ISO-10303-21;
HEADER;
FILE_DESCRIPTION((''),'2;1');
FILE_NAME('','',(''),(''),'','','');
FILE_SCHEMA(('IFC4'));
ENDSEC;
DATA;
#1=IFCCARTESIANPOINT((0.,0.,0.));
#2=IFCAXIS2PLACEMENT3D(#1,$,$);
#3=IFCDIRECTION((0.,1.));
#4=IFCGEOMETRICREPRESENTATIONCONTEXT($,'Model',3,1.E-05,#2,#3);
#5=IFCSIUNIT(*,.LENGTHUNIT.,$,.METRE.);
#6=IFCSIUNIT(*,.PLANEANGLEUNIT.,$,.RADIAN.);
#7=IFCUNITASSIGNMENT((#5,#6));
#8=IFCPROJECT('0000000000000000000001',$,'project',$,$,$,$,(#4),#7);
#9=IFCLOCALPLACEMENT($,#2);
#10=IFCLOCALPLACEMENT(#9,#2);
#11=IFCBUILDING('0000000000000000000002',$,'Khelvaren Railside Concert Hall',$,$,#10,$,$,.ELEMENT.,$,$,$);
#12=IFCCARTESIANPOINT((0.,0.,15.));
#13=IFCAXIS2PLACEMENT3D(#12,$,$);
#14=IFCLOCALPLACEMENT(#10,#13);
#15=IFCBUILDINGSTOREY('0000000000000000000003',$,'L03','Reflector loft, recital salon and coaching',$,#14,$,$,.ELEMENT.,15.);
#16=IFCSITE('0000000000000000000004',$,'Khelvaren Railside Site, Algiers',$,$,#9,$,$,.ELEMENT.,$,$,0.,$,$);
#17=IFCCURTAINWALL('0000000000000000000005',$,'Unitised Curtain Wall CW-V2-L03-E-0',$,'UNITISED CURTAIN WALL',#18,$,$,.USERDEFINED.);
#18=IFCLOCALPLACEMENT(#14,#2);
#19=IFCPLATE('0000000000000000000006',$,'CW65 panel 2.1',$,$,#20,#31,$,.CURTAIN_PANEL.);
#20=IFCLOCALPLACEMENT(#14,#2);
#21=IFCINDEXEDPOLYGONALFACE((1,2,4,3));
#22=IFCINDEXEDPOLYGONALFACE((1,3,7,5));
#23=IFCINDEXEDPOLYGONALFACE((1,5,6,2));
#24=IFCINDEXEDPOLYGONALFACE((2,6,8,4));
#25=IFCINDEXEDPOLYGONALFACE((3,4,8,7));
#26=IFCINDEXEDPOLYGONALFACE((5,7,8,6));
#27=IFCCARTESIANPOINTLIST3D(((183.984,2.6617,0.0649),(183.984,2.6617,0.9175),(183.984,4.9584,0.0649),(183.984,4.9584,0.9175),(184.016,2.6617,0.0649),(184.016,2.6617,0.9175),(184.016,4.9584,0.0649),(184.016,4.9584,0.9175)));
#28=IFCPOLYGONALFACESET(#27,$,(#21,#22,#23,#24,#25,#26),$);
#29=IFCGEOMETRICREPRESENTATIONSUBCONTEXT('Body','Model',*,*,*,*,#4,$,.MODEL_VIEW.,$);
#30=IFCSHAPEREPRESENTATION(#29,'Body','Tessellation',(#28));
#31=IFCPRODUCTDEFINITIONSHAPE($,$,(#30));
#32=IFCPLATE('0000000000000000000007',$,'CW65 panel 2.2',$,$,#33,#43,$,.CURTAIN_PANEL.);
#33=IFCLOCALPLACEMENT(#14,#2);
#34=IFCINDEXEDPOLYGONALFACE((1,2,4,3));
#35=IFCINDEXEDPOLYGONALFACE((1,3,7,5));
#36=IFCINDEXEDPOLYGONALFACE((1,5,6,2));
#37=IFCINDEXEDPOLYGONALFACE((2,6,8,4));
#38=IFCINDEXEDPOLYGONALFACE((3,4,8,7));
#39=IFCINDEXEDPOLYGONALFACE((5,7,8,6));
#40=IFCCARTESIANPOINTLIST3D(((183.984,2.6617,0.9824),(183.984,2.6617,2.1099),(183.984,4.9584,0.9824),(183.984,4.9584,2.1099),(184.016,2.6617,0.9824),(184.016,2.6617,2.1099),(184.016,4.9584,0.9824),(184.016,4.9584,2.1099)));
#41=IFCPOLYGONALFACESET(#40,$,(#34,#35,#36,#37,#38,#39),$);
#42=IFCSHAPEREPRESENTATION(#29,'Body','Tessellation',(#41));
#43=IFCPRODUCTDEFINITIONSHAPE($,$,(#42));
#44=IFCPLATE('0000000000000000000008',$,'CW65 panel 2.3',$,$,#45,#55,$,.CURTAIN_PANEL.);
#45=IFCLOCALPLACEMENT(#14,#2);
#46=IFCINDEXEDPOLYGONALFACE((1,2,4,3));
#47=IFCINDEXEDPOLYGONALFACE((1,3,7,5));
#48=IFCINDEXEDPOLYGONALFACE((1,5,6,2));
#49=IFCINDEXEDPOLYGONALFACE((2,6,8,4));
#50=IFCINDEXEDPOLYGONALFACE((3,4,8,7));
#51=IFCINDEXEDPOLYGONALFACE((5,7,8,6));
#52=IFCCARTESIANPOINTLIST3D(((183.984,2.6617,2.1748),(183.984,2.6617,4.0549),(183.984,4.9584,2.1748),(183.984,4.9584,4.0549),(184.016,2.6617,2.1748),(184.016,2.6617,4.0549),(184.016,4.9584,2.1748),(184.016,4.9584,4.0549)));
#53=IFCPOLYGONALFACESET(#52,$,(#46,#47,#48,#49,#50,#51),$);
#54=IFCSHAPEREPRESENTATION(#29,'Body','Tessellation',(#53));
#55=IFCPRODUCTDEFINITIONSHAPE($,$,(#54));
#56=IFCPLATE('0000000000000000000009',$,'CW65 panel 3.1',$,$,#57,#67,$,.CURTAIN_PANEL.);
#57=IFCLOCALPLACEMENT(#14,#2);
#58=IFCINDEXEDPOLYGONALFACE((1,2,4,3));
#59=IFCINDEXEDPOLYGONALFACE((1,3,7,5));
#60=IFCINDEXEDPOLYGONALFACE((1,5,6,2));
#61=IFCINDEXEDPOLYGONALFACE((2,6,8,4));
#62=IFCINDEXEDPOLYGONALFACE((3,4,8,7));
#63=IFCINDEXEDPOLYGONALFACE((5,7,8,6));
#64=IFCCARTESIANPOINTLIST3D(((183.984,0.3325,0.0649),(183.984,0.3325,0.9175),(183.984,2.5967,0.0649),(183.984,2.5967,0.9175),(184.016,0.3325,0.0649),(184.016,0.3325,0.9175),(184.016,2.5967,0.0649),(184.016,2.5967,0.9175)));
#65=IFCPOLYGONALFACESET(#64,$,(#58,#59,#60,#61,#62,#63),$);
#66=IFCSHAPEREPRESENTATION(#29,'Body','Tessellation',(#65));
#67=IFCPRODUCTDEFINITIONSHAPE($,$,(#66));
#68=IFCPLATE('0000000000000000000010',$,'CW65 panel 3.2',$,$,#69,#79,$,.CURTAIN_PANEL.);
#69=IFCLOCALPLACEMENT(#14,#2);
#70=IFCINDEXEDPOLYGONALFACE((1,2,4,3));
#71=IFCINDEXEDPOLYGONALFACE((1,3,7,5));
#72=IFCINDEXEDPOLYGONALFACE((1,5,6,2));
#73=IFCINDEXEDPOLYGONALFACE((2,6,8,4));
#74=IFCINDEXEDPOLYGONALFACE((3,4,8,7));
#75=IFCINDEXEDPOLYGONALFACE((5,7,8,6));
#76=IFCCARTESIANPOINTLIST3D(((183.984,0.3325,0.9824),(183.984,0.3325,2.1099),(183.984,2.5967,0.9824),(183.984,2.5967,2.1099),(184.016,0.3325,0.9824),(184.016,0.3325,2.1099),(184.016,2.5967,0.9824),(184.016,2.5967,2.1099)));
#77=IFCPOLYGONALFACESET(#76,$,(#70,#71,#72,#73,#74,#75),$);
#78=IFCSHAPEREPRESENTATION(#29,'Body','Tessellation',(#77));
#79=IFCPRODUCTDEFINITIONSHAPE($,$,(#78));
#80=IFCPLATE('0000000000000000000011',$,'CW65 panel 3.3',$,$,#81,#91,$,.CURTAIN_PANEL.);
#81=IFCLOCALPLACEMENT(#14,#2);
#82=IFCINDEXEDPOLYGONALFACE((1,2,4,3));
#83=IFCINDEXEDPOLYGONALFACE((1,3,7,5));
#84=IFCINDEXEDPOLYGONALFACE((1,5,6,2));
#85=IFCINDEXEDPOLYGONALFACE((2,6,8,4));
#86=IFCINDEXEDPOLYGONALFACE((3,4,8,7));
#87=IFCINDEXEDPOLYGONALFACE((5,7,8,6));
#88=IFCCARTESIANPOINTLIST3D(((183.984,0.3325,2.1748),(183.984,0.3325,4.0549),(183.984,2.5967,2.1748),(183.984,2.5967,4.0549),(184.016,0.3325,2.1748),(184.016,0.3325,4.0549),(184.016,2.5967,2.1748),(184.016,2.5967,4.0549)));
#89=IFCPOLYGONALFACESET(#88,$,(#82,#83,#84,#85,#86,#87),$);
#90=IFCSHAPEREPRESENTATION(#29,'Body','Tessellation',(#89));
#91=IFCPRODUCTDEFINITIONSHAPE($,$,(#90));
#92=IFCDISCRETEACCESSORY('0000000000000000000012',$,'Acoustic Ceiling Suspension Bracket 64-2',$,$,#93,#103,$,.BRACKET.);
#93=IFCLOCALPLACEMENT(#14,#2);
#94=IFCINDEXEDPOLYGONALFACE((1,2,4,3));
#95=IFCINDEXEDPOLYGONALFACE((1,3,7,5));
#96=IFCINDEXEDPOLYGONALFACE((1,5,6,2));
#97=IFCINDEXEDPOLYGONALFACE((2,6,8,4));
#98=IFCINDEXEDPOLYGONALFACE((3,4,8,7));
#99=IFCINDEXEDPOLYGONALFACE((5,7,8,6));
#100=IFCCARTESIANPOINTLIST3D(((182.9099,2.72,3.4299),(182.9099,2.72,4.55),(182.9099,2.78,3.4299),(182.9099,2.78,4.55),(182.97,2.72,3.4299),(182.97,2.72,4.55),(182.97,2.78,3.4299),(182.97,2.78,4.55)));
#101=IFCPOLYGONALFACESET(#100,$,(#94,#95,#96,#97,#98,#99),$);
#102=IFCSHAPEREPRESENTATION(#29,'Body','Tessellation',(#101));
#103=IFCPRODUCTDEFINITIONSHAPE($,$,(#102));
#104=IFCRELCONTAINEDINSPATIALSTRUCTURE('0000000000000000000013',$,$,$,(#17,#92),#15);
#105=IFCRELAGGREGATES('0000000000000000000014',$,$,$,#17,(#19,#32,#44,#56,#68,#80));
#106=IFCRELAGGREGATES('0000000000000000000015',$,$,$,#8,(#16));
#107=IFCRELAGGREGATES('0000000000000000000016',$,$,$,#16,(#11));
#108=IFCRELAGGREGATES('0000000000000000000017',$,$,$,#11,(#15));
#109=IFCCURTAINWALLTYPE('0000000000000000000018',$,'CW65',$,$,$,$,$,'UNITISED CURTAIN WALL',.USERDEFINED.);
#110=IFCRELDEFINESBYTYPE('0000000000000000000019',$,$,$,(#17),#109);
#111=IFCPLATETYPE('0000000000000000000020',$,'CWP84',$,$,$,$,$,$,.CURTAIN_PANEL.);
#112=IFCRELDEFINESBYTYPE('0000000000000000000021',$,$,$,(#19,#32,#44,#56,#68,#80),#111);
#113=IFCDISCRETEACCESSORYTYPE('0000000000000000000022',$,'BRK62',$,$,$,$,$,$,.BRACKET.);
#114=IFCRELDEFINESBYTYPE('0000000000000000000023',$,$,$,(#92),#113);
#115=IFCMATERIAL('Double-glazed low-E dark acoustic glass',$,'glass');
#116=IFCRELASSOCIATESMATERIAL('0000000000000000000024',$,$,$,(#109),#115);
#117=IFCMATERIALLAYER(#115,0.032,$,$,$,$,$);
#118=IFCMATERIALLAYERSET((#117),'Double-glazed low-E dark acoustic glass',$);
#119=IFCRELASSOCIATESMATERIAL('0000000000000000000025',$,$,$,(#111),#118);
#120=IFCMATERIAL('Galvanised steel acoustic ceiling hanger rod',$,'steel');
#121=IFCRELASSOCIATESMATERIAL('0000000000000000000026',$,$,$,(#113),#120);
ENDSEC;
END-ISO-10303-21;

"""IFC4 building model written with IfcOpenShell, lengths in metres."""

from ifc_helpers import new_model, si_unit, direction, frame, origin, origin_2d, place, context, subcontext, project, spatial, rectangle, extrude, material, layer, layer_set, type_object, element, aggregate, save


model = new_model("IFC4")

# Units and contexts
model_context = context("Model", 3, precision=1e-05, world=origin(), true_north=direction((0.0, 1.0)))
body_context = subcontext(model_context, "Body", "Model", "MODEL_VIEW")
ifc_project = project(units=[si_unit("LENGTHUNIT", "METRE"), si_unit("PLANEANGLEUNIT", "RADIAN")], contexts=[model_context])

# Site, building, storey
site_placement = place(None, origin())
site = spatial("IfcSite", under=ifc_project, at=site_placement, Name="Khelvaren Railside Site, Algiers", CompositionType="ELEMENT", RefElevation=0.0)
building_placement = place(site_placement, origin())
building = spatial("IfcBuilding", under=site, at=building_placement, Name="Khelvaren Railside Concert Hall", CompositionType="ELEMENT")
storey_placement = place(building_placement, frame((0.0, 0.0, 15.0)))
storey = spatial("IfcBuildingStorey", under=building, at=storey_placement, Name="L03", Description="Reflector loft, recital salon and coaching", CompositionType="ELEMENT", Elevation=15.0)

# Curtain wall
ifc_material_1 = material(Name="Double-glazed low-E dark acoustic glass", Category="glass")
curtain_wall_type_1 = type_object("IfcCurtainWallType", Name="CW65", ElementType="UNITISED CURTAIN WALL", PredefinedType="USERDEFINED", material=ifc_material_1)
curtain_wall_1_placement = place(storey_placement, origin())
curtain_wall_1 = element("IfcCurtainWall", 1, at=curtain_wall_1_placement, inside=storey, type_object=curtain_wall_type_1, Name="Unitised Curtain Wall CW-V2-L03-E-0", ObjectType="UNITISED CURTAIN WALL", PredefinedType="USERDEFINED")

# Plates
ifc_layer = layer(ifc_material_1, 0.032)
ifc_layer_set = layer_set([ifc_layer], Name="Double-glazed low-E dark acoustic glass")
plate_type = type_object("IfcPlateType", Name="CWP84", PredefinedType="CURTAIN_PANEL", material=ifc_layer_set)
plate_1_placement = place(storey_placement, frame((184.0, 3.8101, 0.0649), z_axis=(0.0, 0.0, 1.0), x_axis=(0.0, -1.0, 0.0)))
plate_1 = element("IfcPlate", 2, at=plate_1_placement, type_object=plate_type, Name="CW65 panel 2.1", PredefinedType="CURTAIN_PANEL", context=body_context, shape_type="SweptSolid", body=[
    extrude(rectangle(XDim=2.2966, YDim=0.032, at=origin_2d()), origin(), (0.0, 0.0, 1.0), 0.8525),
])
plate_2_placement = place(storey_placement, frame((184.0, 3.8101, 0.9824), z_axis=(0.0, 0.0, 1.0), x_axis=(0.0, -1.0, 0.0)))
plate_2 = element("IfcPlate", 3, at=plate_2_placement, type_object=plate_type, Name="CW65 panel 2.2", PredefinedType="CURTAIN_PANEL", context=body_context, shape_type="SweptSolid", body=[
    extrude(rectangle(XDim=2.2966, YDim=0.032, at=origin_2d()), origin(), (0.0, 0.0, 1.0), 1.1274),
])
plate_3_placement = place(storey_placement, frame((184.0, 3.8101, 2.1748), z_axis=(0.0, 0.0, 1.0), x_axis=(0.0, -1.0, 0.0)))
plate_3 = element("IfcPlate", 4, at=plate_3_placement, type_object=plate_type, Name="CW65 panel 2.3", PredefinedType="CURTAIN_PANEL", context=body_context, shape_type="SweptSolid", body=[
    extrude(rectangle(XDim=2.2966, YDim=0.032, at=origin_2d()), origin(), (0.0, 0.0, 1.0), 1.8801),
])
plate_4_placement = place(storey_placement, frame((184.0, 1.4646, 0.0649), z_axis=(0.0, 0.0, 1.0), x_axis=(0.0, -1.0, 0.0)))
plate_4 = element("IfcPlate", 5, at=plate_4_placement, type_object=plate_type, Name="CW65 panel 3.1", PredefinedType="CURTAIN_PANEL", context=body_context, shape_type="SweptSolid", body=[
    extrude(rectangle(XDim=2.2642, YDim=0.032, at=origin_2d()), origin(), (0.0, 0.0, 1.0), 0.8525),
])
plate_5_placement = place(storey_placement, frame((184.0, 1.4646, 0.9824), z_axis=(0.0, 0.0, 1.0), x_axis=(0.0, -1.0, 0.0)))
plate_5 = element("IfcPlate", 6, at=plate_5_placement, type_object=plate_type, Name="CW65 panel 3.2", PredefinedType="CURTAIN_PANEL", context=body_context, shape_type="SweptSolid", body=[
    extrude(rectangle(XDim=2.2642, YDim=0.032, at=origin_2d()), origin(), (0.0, 0.0, 1.0), 1.1274),
])
plate_6_placement = place(storey_placement, frame((184.0, 1.4646, 2.1748), z_axis=(0.0, 0.0, 1.0), x_axis=(0.0, -1.0, 0.0)))
plate_6 = element("IfcPlate", 7, at=plate_6_placement, type_object=plate_type, Name="CW65 panel 3.3", PredefinedType="CURTAIN_PANEL", context=body_context, shape_type="SweptSolid", body=[
    extrude(rectangle(XDim=2.2642, YDim=0.032, at=origin_2d()), origin(), (0.0, 0.0, 1.0), 1.8801),
])
aggregate(curtain_wall_1, [plate_1, plate_2, plate_3, plate_4, plate_5, plate_6])

# Discrete accessory
ifc_material_2 = material(Name="Galvanised steel acoustic ceiling hanger rod", Category="steel")
discrete_accessory_type = type_object("IfcDiscreteAccessoryType", Name="BRK62", PredefinedType="BRACKET", material=ifc_material_2)
discrete_accessory_placement = place(storey_placement, frame((182.9399, 2.75, 3.4299), z_axis=(0.0, 0.0, 1.0), x_axis=(1.0, 0.0, 0.0)))
element("IfcDiscreteAccessory", 8, at=discrete_accessory_placement, inside=storey, type_object=discrete_accessory_type, Name="Acoustic Ceiling Suspension Bracket 64-2", PredefinedType="BRACKET", context=body_context, shape_type="SweptSolid", body=[
    extrude(rectangle(XDim=0.0601, YDim=0.0601, at=origin_2d()), origin(), (0.0, 0.0, 1.0), 1.1201),
])

save(model, "model.ifc")
